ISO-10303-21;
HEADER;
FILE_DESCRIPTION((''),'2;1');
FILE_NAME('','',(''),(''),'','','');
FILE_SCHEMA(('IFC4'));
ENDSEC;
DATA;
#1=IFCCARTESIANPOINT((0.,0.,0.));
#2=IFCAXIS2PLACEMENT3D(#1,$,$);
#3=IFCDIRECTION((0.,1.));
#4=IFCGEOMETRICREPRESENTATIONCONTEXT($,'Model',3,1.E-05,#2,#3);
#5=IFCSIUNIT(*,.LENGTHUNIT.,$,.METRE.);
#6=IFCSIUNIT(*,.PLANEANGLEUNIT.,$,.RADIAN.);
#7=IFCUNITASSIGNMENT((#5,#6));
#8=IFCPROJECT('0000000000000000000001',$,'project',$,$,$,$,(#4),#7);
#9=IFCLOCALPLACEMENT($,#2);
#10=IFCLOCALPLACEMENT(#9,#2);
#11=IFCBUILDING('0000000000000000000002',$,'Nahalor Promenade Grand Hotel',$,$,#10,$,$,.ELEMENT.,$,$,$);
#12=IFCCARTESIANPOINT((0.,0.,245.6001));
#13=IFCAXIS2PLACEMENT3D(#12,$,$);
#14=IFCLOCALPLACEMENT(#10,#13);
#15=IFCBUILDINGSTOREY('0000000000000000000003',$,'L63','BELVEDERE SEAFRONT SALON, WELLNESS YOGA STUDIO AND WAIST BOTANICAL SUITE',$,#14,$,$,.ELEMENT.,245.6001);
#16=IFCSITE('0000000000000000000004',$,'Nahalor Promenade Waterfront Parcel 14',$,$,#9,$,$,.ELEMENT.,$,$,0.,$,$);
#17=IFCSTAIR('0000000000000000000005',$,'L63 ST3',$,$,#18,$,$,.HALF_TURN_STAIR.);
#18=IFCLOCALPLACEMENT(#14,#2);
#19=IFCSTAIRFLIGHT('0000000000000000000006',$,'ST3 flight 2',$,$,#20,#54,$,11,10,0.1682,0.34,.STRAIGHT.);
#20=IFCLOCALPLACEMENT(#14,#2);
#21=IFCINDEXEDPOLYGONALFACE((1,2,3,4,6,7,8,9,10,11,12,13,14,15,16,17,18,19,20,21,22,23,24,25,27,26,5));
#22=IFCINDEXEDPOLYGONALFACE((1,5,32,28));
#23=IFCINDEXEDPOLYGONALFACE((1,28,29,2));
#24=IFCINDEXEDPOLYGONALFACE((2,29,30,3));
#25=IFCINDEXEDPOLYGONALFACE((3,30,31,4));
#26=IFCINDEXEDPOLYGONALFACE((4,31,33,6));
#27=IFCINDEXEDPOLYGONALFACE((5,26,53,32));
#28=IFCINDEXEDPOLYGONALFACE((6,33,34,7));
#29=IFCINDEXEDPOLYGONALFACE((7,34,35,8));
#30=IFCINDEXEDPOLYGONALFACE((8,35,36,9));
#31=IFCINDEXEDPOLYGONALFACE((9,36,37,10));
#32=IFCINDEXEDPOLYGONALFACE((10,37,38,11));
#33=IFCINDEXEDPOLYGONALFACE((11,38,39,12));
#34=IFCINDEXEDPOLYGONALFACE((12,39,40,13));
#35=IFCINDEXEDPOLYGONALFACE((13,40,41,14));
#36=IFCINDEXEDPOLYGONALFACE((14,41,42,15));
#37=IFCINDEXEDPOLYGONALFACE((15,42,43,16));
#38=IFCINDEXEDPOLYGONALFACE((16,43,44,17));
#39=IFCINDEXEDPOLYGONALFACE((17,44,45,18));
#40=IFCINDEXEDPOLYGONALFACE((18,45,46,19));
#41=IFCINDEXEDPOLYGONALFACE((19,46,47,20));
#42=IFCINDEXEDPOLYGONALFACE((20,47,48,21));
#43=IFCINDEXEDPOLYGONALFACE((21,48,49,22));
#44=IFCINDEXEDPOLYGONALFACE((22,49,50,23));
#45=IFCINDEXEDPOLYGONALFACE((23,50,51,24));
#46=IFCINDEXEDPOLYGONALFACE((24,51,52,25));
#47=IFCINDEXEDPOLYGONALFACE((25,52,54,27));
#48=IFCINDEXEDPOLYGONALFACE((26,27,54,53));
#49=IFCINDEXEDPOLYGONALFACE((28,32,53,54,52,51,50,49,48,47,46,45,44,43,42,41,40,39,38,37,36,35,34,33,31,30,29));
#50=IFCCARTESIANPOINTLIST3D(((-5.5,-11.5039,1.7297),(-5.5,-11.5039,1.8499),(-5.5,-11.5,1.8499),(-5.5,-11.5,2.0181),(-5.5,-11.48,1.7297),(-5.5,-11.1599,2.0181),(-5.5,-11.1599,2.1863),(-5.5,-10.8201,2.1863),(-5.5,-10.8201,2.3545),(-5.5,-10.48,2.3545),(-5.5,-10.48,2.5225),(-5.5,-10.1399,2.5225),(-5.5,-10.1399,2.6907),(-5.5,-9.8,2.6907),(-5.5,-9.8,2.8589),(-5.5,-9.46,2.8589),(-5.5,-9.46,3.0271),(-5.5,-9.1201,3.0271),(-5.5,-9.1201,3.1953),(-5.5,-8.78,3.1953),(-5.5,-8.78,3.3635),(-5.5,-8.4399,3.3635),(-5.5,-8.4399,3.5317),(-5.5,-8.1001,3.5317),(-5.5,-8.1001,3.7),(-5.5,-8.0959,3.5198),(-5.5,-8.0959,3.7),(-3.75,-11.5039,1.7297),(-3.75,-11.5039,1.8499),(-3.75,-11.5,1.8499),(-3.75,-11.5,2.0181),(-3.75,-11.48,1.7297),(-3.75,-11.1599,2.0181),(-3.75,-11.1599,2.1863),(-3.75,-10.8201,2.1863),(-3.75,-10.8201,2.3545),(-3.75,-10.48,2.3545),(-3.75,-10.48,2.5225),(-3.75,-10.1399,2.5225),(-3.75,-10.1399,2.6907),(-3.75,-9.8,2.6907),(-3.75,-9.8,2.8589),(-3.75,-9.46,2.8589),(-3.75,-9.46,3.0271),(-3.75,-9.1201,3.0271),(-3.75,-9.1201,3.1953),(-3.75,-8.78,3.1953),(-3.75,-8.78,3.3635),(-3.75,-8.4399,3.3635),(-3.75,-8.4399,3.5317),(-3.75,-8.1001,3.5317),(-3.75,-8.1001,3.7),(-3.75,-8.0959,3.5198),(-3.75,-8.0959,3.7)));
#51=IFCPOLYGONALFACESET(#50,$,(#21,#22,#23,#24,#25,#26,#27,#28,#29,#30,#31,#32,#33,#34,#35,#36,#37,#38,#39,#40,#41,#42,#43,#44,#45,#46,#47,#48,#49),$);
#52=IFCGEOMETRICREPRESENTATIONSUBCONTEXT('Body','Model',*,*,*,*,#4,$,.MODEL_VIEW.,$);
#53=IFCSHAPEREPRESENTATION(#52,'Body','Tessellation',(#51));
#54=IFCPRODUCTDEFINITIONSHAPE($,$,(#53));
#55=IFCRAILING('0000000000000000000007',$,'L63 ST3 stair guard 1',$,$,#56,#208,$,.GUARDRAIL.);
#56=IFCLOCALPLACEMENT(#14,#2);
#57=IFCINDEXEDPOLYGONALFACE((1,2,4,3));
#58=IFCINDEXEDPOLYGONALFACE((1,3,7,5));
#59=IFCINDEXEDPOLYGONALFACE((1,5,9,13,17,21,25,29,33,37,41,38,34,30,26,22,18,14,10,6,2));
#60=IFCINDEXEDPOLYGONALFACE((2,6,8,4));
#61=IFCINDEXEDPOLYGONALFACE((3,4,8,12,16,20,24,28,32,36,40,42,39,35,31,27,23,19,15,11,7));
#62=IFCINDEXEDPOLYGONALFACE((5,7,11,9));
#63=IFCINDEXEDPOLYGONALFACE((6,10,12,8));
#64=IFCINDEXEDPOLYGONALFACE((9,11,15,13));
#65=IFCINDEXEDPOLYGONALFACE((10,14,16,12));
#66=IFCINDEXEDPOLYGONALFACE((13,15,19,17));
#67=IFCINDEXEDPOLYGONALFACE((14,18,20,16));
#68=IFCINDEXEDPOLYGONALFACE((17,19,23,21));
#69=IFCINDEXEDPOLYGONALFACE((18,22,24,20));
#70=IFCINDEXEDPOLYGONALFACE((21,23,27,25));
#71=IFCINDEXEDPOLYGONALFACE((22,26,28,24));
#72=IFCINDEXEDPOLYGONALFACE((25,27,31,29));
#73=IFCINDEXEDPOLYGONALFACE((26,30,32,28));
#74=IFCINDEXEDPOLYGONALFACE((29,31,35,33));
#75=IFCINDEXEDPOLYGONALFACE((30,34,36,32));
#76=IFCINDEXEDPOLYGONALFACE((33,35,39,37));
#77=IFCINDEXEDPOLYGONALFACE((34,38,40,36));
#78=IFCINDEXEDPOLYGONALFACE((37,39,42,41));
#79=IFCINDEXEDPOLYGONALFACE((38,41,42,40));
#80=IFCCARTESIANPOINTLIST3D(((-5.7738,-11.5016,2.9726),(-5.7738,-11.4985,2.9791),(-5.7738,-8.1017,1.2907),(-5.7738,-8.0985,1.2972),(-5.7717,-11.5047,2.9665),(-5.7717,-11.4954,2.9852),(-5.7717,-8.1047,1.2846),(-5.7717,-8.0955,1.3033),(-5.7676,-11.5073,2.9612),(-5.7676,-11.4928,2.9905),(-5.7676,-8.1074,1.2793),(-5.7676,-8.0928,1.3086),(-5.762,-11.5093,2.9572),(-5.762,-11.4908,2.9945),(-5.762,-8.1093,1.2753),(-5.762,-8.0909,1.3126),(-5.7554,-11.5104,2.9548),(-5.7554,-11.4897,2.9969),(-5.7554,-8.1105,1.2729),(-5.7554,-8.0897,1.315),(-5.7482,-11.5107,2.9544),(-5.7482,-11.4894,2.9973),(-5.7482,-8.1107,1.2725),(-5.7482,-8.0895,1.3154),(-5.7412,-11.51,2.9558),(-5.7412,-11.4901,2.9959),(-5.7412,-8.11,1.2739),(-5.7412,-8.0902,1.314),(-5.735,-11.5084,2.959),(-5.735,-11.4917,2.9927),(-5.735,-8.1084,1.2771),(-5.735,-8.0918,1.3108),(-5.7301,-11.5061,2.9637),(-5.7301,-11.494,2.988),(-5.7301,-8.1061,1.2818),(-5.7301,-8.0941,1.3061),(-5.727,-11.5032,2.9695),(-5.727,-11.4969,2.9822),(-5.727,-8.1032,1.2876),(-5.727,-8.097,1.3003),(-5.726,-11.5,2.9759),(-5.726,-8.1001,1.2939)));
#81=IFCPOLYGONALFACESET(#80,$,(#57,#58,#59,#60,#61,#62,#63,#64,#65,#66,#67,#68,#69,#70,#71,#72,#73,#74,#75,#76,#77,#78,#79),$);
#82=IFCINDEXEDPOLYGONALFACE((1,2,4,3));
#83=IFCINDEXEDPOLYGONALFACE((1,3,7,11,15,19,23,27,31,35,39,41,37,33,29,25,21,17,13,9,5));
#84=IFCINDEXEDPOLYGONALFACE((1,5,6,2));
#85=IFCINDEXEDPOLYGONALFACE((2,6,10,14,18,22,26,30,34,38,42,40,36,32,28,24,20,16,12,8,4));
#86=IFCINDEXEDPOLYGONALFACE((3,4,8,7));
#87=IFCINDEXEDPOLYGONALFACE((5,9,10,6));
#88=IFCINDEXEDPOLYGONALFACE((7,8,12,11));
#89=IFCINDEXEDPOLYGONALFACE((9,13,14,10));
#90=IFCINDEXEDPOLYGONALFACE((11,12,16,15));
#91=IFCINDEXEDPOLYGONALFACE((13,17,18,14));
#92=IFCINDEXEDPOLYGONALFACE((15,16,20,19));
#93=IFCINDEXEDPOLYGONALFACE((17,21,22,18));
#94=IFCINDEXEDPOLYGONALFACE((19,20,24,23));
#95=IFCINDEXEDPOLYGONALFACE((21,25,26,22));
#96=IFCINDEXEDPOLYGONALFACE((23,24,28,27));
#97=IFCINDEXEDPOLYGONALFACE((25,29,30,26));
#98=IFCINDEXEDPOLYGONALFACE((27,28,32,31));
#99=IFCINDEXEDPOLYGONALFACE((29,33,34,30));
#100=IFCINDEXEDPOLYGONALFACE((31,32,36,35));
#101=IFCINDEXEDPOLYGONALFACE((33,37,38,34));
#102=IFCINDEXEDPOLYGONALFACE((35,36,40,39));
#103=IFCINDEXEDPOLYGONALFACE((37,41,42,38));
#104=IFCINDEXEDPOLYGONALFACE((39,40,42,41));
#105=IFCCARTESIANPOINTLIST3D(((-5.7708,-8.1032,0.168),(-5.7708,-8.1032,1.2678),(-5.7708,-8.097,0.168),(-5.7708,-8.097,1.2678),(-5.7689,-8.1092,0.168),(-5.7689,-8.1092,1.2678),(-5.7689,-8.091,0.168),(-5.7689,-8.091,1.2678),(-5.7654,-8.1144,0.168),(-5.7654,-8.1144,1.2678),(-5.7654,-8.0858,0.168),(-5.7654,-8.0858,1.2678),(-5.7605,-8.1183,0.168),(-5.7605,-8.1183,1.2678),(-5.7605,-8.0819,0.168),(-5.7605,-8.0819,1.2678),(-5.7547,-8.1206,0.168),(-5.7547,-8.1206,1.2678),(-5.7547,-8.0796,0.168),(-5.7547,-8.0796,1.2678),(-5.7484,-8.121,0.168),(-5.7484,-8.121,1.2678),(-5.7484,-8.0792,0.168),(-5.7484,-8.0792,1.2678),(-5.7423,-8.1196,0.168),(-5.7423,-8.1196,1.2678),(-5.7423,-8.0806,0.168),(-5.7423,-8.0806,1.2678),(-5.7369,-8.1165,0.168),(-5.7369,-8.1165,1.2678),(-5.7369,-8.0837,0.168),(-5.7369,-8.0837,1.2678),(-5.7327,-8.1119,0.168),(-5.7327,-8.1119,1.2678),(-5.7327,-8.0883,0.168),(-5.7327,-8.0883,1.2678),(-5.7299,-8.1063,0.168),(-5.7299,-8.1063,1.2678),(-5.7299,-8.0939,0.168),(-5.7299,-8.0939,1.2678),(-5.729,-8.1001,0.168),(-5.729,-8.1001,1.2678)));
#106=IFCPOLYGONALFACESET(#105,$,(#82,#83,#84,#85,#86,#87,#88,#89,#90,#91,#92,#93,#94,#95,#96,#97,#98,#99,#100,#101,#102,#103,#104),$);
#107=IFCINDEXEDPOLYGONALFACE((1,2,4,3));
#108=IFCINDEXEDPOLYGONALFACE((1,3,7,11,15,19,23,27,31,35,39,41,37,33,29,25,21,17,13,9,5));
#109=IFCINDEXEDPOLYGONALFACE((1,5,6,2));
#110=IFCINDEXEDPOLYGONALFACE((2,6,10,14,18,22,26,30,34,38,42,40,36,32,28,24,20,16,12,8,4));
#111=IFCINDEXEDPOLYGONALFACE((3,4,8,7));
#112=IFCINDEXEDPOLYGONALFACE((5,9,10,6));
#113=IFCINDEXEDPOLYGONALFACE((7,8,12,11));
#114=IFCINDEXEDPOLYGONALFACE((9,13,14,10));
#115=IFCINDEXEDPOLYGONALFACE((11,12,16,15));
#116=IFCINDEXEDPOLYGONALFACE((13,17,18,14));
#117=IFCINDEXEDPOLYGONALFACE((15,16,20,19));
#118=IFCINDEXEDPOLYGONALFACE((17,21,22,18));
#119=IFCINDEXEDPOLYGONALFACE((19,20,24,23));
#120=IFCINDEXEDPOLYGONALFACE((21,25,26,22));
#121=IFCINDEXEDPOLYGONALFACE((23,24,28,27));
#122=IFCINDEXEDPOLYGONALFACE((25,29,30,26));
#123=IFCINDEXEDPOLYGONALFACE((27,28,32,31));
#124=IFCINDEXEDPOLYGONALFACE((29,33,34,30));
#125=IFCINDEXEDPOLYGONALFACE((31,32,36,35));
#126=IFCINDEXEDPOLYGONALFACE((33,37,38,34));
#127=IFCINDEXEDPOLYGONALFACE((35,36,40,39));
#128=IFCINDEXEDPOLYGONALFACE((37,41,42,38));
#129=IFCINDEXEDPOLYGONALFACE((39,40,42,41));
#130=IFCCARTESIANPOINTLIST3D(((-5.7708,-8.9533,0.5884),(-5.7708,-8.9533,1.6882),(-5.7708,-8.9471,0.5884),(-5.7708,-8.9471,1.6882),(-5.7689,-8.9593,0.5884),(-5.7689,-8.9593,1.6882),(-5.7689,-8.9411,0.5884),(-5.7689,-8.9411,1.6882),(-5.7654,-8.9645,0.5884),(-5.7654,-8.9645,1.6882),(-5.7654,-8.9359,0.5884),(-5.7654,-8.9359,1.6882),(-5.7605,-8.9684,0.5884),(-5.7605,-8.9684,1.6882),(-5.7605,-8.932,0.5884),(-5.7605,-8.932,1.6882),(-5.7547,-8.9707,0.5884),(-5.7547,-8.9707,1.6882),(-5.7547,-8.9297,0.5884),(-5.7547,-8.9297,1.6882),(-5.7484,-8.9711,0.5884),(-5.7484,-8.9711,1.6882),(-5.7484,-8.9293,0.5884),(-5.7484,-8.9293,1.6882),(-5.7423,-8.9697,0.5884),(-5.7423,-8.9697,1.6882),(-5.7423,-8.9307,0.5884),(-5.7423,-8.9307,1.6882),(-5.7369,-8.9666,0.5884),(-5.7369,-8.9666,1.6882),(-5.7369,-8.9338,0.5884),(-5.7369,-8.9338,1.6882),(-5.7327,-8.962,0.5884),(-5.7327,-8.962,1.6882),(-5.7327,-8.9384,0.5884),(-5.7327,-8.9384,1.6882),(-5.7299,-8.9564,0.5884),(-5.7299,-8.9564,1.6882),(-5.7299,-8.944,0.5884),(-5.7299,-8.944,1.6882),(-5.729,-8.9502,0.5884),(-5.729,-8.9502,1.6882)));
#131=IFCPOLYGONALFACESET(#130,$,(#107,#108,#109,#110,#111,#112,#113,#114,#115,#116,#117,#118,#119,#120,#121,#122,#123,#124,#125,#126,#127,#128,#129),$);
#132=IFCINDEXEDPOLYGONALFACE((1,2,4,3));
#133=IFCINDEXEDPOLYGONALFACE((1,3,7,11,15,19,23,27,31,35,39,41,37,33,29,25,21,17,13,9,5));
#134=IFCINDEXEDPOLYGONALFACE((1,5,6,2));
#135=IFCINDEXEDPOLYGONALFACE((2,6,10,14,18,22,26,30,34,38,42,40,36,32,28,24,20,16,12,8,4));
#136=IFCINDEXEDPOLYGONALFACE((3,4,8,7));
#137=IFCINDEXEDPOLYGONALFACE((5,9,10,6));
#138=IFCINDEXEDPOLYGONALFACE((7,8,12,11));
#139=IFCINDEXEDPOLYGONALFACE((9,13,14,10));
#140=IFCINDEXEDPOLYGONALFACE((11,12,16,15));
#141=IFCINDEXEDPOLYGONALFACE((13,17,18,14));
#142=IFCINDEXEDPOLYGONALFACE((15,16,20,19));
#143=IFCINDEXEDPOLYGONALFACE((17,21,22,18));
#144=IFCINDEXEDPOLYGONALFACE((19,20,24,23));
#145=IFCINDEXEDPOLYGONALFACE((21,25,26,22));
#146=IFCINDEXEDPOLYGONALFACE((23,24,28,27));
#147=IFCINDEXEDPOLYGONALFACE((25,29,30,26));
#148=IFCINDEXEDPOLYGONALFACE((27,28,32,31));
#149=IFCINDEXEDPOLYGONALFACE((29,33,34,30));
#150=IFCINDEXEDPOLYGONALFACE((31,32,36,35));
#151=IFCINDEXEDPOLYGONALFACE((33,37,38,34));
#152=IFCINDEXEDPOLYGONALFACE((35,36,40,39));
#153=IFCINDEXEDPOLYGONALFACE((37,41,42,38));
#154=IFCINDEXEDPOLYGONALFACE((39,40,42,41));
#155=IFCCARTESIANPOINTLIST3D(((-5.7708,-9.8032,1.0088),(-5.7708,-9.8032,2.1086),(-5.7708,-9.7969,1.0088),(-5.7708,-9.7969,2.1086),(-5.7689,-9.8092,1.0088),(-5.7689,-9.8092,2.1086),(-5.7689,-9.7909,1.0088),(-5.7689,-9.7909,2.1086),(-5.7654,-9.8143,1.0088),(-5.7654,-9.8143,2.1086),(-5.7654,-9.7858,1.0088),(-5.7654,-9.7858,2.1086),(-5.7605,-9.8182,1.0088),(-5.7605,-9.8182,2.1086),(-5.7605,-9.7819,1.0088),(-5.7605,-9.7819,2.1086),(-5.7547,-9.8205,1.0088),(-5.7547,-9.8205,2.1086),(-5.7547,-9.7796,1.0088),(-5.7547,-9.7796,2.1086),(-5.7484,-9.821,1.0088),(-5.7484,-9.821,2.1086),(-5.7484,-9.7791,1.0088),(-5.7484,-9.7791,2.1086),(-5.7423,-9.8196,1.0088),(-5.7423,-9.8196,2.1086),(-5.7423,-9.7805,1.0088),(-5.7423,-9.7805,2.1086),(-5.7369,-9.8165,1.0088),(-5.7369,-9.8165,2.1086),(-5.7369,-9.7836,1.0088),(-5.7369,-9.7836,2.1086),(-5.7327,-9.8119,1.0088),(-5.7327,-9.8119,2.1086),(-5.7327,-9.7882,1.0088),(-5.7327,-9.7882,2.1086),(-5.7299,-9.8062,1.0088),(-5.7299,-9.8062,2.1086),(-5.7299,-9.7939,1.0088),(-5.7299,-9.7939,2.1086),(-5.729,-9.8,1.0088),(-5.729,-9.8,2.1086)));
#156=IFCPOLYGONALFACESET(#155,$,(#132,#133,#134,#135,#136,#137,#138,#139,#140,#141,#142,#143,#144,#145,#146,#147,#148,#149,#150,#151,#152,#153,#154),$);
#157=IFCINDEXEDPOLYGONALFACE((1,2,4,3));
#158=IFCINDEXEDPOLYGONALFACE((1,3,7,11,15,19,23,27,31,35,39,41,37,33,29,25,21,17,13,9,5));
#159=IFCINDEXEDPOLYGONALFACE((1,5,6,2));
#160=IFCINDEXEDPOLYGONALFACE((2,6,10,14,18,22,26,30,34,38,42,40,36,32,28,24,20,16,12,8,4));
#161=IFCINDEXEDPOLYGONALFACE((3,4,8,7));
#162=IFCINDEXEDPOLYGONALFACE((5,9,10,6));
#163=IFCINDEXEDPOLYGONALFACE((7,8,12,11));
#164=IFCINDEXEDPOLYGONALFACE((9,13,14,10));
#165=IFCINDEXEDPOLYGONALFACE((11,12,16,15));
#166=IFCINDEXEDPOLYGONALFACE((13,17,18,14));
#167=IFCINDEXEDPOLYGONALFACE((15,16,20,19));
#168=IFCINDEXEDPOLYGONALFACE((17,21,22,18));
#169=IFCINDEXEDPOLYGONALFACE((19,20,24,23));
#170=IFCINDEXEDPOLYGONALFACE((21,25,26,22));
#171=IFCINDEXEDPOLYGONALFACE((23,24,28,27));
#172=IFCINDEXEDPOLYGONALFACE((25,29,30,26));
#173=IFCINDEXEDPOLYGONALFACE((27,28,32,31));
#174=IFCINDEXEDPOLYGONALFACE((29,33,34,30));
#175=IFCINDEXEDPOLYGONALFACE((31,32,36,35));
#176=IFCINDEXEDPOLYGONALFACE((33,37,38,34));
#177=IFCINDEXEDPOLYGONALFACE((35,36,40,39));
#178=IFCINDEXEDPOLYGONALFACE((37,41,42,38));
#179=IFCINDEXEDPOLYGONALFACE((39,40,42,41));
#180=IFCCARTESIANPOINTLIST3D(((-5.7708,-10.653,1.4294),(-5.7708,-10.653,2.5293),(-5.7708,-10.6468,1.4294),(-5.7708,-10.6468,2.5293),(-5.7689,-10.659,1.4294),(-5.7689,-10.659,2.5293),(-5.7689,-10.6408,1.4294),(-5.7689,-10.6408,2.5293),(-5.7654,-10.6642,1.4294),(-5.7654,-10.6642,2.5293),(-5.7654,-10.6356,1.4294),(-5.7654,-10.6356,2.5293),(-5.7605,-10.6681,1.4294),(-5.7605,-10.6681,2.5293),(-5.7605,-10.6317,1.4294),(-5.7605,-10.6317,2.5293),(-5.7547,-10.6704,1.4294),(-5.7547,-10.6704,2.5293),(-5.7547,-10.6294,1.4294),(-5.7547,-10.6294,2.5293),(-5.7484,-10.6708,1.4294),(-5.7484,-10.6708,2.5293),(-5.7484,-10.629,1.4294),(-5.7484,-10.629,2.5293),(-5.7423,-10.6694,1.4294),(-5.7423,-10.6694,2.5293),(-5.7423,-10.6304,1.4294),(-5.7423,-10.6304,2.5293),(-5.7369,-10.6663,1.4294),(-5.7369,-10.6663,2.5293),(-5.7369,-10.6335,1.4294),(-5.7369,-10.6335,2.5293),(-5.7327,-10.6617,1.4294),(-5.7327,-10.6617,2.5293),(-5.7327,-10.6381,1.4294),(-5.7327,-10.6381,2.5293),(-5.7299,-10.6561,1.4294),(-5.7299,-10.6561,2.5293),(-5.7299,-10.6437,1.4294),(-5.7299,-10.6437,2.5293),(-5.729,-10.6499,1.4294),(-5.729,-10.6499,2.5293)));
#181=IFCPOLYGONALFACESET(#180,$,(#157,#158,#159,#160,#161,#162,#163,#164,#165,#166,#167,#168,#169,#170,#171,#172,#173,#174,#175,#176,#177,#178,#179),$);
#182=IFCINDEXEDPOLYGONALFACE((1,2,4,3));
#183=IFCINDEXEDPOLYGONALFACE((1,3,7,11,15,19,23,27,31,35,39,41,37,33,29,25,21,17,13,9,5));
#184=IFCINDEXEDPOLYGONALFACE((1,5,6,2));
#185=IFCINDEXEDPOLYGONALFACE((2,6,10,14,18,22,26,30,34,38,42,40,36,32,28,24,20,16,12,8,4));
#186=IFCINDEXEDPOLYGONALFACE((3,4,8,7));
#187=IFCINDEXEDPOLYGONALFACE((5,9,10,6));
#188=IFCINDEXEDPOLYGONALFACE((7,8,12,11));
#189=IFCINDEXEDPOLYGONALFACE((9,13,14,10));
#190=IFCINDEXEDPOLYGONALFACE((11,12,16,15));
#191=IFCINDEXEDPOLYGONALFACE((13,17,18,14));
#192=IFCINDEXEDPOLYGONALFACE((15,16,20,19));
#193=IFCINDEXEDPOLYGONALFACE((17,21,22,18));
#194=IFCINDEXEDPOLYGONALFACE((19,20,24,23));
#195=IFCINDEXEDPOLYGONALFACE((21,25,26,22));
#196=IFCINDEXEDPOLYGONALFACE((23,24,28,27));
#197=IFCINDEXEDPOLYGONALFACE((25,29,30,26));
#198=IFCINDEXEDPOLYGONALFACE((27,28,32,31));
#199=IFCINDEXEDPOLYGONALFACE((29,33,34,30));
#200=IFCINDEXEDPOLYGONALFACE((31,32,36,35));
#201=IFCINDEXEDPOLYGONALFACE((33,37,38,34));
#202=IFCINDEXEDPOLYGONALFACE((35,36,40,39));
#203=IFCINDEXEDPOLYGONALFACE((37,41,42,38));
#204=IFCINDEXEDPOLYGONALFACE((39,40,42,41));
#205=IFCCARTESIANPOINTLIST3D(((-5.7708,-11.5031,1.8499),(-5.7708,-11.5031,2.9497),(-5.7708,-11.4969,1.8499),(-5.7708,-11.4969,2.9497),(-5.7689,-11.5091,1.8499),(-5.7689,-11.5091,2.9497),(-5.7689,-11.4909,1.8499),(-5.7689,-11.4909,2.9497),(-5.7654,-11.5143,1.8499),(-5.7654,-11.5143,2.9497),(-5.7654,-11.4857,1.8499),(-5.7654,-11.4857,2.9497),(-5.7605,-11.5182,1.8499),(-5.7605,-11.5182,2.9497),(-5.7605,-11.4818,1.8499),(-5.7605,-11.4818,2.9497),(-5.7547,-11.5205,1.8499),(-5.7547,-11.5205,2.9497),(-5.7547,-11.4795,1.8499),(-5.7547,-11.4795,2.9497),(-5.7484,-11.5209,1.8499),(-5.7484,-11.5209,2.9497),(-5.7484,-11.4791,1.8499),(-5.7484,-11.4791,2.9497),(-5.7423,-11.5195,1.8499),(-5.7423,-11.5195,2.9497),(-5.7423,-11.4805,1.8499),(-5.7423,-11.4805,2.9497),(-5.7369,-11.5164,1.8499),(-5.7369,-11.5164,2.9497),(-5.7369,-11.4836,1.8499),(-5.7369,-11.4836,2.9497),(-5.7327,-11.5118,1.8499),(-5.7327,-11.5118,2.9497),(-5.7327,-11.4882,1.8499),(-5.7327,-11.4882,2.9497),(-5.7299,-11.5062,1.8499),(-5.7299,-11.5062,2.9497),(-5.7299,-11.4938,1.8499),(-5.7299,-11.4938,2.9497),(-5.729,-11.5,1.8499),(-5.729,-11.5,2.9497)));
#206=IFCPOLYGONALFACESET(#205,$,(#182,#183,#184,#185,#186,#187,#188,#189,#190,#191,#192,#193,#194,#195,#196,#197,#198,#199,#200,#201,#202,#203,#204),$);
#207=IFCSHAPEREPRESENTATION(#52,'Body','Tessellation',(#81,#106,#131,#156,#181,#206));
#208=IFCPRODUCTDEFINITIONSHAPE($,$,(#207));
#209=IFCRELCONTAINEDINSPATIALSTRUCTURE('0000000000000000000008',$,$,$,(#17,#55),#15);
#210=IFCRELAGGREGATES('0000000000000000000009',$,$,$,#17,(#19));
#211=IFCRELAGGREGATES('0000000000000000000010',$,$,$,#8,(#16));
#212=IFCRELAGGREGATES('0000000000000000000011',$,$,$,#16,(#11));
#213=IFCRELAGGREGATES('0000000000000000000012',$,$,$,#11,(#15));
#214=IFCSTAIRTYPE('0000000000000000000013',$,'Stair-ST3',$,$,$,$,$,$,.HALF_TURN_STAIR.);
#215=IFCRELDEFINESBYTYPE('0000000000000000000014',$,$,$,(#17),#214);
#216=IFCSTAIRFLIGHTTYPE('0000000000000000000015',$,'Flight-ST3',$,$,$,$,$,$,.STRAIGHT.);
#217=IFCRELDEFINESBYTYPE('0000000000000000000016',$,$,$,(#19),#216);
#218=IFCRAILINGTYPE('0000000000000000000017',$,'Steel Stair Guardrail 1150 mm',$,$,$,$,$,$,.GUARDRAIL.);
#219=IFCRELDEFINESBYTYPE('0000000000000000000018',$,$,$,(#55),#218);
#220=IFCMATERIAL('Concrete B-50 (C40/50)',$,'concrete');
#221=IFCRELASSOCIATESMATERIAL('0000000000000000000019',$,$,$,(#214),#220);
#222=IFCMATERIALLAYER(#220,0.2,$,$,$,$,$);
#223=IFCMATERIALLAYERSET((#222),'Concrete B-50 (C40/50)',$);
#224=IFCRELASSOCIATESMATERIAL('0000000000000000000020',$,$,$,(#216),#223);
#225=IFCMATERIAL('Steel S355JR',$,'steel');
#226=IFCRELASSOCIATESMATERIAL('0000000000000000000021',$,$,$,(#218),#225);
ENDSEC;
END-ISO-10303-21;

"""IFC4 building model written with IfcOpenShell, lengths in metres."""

from ifc_helpers import new_model, si_unit, direction, frame, origin, origin_2d, place, context, subcontext, project, spatial, polyline, circle, outline, extrude, source, transform, mapped, material, layer, layer_set, type_object, element, aggregate, save


model = new_model("IFC4")

# Units and contexts
model_context = context("Model", 3, precision=1e-05, world=origin(), true_north=direction((0.0, 1.0)))
body_context = subcontext(model_context, "Body", "Model", "MODEL_VIEW")
ifc_project = project(units=[si_unit("LENGTHUNIT", "METRE"), si_unit("PLANEANGLEUNIT", "RADIAN")], contexts=[model_context])

# Site, building, storey
site_placement = place(None, origin())
site = spatial("IfcSite", under=ifc_project, at=site_placement, Name="Nahalor Promenade Waterfront Parcel 14", CompositionType="ELEMENT", RefElevation=0.0)
building_placement = place(site_placement, origin())
building = spatial("IfcBuilding", under=site, at=building_placement, Name="Nahalor Promenade Grand Hotel", CompositionType="ELEMENT")
storey_placement = place(building_placement, frame((0.0, 0.0, 245.6001)))
storey = spatial("IfcBuildingStorey", under=building, at=storey_placement, Name="L63", Description="BELVEDERE SEAFRONT SALON, WELLNESS YOGA STUDIO AND WAIST BOTANICAL SUITE", CompositionType="ELEMENT", Elevation=245.6001)

# Shared definitions
ifc_material_1 = material(Name="Steel S355JR", Category="steel")

# Shared definitions
ifc_material_2 = material(Name="Concrete B-50 (C40/50)", Category="concrete")

# Stair, stair flight
stair_type = type_object("IfcStairType", Name="Stair-ST3", PredefinedType="HALF_TURN_STAIR", material=ifc_material_2)
stair_placement = place(storey_placement, origin())
stair = element("IfcStair", 1, at=stair_placement, inside=storey, type_object=stair_type, Name="L63 ST3", PredefinedType="HALF_TURN_STAIR")
ifc_layer_1 = layer(ifc_material_2, 0.2)
ifc_layer_set_1 = layer_set([ifc_layer_1], Name="Concrete B-50 (C40/50)")
stair_flight_type = type_object("IfcStairFlightType", Name="Flight-ST3", PredefinedType="STRAIGHT", material=ifc_layer_set_1)
shared_shape_1 = source(origin(), body_context, "Body", "SweptSolid", [
    extrude(outline(polyline([(-0.0039, -0.1201), (-0.0039, 0.0), (0.0, 0.0), (0.0, 0.1682), (0.3401, 0.1682), (0.3401, 0.3364), (0.6799, 0.3364), (0.6799, 0.5046), (1.02, 0.5046), (1.02, 0.6726), (1.3601, 0.6726), (1.3601, 0.8408), (1.7, 0.8408), (1.7, 1.009), (2.04, 1.009), (2.04, 1.1772), (2.3799, 1.1772), (2.3799, 1.3455), (2.72, 1.3455), (2.72, 1.5137), (3.0601, 1.5137), (3.0601, 1.6819), (3.3999, 1.6819), (3.3999, 1.8501), (3.4041, 1.8501), (3.4041, 1.6699), (0.02, -0.1201), (-0.0039, -0.1201)])), frame((0.0, 0.875, 0.0), z_axis=(0.0, -1.0, 0.0), x_axis=(1.0, 0.0, 0.0)), (0.0, 0.0, 1.0), 1.75),
])
stair_flight_1_placement = place(storey_placement, frame((-4.625, -11.5, 1.8499), z_axis=(0.0, 0.0, 1.0), x_axis=(0.0, 1.0, 0.0)))
stair_flight_1 = element("IfcStairFlight", 2, at=stair_flight_1_placement, type_object=stair_flight_type, Name="ST3 flight 2", NumberOfRisers=11, NumberOfTreads=10, PredefinedType="STRAIGHT", RiserHeight=0.1682, TreadLength=0.34, context=body_context, shape_type="MappedRepresentation", body=[
    mapped(shared_shape_1, transform((0.0, 0.0, 0.0), scale=1.0)),
])
aggregate(stair, [stair_flight_1])

# Railing
railing_type_1 = type_object("IfcRailingType", Name="Steel Stair Guardrail 1150 mm", PredefinedType="GUARDRAIL", material=ifc_material_1)
railing_1_placement = place(storey_placement, frame((-5.75, -8.1001, 0.168)))
element("IfcRailing", 3, at=railing_1_placement, inside=storey, type_object=railing_type_1, Name="L63 ST3 stair guard 1", PredefinedType="GUARDRAIL", context=body_context, shape_type="SweptSolid", body=[
    extrude(circle(Radius=0.024, at=origin_2d()), frame((0.0, 0.0, 1.126), z_axis=(0.0, -0.896324, 0.443399), x_axis=(1.0, 0.0, 0.0)), (0.0, 0.0, 1.0), 3.7932),
    extrude(circle(Radius=0.021, at=origin_2d()), origin(), (0.0, 0.0, 1.0), 1.0999),
    extrude(circle(Radius=0.021, at=origin_2d()), frame((0.0, -0.8501, 0.4204)), (0.0, 0.0, 1.0), 1.0999),
    extrude(circle(Radius=0.021, at=origin_2d()), frame((0.0, -1.7, 0.8408)), (0.0, 0.0, 1.0), 1.0999),
    extrude(circle(Radius=0.021, at=origin_2d()), frame((0.0, -2.5498, 1.2615)), (0.0, 0.0, 1.0), 1.0999),
    extrude(circle(Radius=0.021, at=origin_2d()), frame((0.0, -3.3999, 1.6819)), (0.0, 0.0, 1.0), 1.0999),
])

save(model, "model.ifc")
